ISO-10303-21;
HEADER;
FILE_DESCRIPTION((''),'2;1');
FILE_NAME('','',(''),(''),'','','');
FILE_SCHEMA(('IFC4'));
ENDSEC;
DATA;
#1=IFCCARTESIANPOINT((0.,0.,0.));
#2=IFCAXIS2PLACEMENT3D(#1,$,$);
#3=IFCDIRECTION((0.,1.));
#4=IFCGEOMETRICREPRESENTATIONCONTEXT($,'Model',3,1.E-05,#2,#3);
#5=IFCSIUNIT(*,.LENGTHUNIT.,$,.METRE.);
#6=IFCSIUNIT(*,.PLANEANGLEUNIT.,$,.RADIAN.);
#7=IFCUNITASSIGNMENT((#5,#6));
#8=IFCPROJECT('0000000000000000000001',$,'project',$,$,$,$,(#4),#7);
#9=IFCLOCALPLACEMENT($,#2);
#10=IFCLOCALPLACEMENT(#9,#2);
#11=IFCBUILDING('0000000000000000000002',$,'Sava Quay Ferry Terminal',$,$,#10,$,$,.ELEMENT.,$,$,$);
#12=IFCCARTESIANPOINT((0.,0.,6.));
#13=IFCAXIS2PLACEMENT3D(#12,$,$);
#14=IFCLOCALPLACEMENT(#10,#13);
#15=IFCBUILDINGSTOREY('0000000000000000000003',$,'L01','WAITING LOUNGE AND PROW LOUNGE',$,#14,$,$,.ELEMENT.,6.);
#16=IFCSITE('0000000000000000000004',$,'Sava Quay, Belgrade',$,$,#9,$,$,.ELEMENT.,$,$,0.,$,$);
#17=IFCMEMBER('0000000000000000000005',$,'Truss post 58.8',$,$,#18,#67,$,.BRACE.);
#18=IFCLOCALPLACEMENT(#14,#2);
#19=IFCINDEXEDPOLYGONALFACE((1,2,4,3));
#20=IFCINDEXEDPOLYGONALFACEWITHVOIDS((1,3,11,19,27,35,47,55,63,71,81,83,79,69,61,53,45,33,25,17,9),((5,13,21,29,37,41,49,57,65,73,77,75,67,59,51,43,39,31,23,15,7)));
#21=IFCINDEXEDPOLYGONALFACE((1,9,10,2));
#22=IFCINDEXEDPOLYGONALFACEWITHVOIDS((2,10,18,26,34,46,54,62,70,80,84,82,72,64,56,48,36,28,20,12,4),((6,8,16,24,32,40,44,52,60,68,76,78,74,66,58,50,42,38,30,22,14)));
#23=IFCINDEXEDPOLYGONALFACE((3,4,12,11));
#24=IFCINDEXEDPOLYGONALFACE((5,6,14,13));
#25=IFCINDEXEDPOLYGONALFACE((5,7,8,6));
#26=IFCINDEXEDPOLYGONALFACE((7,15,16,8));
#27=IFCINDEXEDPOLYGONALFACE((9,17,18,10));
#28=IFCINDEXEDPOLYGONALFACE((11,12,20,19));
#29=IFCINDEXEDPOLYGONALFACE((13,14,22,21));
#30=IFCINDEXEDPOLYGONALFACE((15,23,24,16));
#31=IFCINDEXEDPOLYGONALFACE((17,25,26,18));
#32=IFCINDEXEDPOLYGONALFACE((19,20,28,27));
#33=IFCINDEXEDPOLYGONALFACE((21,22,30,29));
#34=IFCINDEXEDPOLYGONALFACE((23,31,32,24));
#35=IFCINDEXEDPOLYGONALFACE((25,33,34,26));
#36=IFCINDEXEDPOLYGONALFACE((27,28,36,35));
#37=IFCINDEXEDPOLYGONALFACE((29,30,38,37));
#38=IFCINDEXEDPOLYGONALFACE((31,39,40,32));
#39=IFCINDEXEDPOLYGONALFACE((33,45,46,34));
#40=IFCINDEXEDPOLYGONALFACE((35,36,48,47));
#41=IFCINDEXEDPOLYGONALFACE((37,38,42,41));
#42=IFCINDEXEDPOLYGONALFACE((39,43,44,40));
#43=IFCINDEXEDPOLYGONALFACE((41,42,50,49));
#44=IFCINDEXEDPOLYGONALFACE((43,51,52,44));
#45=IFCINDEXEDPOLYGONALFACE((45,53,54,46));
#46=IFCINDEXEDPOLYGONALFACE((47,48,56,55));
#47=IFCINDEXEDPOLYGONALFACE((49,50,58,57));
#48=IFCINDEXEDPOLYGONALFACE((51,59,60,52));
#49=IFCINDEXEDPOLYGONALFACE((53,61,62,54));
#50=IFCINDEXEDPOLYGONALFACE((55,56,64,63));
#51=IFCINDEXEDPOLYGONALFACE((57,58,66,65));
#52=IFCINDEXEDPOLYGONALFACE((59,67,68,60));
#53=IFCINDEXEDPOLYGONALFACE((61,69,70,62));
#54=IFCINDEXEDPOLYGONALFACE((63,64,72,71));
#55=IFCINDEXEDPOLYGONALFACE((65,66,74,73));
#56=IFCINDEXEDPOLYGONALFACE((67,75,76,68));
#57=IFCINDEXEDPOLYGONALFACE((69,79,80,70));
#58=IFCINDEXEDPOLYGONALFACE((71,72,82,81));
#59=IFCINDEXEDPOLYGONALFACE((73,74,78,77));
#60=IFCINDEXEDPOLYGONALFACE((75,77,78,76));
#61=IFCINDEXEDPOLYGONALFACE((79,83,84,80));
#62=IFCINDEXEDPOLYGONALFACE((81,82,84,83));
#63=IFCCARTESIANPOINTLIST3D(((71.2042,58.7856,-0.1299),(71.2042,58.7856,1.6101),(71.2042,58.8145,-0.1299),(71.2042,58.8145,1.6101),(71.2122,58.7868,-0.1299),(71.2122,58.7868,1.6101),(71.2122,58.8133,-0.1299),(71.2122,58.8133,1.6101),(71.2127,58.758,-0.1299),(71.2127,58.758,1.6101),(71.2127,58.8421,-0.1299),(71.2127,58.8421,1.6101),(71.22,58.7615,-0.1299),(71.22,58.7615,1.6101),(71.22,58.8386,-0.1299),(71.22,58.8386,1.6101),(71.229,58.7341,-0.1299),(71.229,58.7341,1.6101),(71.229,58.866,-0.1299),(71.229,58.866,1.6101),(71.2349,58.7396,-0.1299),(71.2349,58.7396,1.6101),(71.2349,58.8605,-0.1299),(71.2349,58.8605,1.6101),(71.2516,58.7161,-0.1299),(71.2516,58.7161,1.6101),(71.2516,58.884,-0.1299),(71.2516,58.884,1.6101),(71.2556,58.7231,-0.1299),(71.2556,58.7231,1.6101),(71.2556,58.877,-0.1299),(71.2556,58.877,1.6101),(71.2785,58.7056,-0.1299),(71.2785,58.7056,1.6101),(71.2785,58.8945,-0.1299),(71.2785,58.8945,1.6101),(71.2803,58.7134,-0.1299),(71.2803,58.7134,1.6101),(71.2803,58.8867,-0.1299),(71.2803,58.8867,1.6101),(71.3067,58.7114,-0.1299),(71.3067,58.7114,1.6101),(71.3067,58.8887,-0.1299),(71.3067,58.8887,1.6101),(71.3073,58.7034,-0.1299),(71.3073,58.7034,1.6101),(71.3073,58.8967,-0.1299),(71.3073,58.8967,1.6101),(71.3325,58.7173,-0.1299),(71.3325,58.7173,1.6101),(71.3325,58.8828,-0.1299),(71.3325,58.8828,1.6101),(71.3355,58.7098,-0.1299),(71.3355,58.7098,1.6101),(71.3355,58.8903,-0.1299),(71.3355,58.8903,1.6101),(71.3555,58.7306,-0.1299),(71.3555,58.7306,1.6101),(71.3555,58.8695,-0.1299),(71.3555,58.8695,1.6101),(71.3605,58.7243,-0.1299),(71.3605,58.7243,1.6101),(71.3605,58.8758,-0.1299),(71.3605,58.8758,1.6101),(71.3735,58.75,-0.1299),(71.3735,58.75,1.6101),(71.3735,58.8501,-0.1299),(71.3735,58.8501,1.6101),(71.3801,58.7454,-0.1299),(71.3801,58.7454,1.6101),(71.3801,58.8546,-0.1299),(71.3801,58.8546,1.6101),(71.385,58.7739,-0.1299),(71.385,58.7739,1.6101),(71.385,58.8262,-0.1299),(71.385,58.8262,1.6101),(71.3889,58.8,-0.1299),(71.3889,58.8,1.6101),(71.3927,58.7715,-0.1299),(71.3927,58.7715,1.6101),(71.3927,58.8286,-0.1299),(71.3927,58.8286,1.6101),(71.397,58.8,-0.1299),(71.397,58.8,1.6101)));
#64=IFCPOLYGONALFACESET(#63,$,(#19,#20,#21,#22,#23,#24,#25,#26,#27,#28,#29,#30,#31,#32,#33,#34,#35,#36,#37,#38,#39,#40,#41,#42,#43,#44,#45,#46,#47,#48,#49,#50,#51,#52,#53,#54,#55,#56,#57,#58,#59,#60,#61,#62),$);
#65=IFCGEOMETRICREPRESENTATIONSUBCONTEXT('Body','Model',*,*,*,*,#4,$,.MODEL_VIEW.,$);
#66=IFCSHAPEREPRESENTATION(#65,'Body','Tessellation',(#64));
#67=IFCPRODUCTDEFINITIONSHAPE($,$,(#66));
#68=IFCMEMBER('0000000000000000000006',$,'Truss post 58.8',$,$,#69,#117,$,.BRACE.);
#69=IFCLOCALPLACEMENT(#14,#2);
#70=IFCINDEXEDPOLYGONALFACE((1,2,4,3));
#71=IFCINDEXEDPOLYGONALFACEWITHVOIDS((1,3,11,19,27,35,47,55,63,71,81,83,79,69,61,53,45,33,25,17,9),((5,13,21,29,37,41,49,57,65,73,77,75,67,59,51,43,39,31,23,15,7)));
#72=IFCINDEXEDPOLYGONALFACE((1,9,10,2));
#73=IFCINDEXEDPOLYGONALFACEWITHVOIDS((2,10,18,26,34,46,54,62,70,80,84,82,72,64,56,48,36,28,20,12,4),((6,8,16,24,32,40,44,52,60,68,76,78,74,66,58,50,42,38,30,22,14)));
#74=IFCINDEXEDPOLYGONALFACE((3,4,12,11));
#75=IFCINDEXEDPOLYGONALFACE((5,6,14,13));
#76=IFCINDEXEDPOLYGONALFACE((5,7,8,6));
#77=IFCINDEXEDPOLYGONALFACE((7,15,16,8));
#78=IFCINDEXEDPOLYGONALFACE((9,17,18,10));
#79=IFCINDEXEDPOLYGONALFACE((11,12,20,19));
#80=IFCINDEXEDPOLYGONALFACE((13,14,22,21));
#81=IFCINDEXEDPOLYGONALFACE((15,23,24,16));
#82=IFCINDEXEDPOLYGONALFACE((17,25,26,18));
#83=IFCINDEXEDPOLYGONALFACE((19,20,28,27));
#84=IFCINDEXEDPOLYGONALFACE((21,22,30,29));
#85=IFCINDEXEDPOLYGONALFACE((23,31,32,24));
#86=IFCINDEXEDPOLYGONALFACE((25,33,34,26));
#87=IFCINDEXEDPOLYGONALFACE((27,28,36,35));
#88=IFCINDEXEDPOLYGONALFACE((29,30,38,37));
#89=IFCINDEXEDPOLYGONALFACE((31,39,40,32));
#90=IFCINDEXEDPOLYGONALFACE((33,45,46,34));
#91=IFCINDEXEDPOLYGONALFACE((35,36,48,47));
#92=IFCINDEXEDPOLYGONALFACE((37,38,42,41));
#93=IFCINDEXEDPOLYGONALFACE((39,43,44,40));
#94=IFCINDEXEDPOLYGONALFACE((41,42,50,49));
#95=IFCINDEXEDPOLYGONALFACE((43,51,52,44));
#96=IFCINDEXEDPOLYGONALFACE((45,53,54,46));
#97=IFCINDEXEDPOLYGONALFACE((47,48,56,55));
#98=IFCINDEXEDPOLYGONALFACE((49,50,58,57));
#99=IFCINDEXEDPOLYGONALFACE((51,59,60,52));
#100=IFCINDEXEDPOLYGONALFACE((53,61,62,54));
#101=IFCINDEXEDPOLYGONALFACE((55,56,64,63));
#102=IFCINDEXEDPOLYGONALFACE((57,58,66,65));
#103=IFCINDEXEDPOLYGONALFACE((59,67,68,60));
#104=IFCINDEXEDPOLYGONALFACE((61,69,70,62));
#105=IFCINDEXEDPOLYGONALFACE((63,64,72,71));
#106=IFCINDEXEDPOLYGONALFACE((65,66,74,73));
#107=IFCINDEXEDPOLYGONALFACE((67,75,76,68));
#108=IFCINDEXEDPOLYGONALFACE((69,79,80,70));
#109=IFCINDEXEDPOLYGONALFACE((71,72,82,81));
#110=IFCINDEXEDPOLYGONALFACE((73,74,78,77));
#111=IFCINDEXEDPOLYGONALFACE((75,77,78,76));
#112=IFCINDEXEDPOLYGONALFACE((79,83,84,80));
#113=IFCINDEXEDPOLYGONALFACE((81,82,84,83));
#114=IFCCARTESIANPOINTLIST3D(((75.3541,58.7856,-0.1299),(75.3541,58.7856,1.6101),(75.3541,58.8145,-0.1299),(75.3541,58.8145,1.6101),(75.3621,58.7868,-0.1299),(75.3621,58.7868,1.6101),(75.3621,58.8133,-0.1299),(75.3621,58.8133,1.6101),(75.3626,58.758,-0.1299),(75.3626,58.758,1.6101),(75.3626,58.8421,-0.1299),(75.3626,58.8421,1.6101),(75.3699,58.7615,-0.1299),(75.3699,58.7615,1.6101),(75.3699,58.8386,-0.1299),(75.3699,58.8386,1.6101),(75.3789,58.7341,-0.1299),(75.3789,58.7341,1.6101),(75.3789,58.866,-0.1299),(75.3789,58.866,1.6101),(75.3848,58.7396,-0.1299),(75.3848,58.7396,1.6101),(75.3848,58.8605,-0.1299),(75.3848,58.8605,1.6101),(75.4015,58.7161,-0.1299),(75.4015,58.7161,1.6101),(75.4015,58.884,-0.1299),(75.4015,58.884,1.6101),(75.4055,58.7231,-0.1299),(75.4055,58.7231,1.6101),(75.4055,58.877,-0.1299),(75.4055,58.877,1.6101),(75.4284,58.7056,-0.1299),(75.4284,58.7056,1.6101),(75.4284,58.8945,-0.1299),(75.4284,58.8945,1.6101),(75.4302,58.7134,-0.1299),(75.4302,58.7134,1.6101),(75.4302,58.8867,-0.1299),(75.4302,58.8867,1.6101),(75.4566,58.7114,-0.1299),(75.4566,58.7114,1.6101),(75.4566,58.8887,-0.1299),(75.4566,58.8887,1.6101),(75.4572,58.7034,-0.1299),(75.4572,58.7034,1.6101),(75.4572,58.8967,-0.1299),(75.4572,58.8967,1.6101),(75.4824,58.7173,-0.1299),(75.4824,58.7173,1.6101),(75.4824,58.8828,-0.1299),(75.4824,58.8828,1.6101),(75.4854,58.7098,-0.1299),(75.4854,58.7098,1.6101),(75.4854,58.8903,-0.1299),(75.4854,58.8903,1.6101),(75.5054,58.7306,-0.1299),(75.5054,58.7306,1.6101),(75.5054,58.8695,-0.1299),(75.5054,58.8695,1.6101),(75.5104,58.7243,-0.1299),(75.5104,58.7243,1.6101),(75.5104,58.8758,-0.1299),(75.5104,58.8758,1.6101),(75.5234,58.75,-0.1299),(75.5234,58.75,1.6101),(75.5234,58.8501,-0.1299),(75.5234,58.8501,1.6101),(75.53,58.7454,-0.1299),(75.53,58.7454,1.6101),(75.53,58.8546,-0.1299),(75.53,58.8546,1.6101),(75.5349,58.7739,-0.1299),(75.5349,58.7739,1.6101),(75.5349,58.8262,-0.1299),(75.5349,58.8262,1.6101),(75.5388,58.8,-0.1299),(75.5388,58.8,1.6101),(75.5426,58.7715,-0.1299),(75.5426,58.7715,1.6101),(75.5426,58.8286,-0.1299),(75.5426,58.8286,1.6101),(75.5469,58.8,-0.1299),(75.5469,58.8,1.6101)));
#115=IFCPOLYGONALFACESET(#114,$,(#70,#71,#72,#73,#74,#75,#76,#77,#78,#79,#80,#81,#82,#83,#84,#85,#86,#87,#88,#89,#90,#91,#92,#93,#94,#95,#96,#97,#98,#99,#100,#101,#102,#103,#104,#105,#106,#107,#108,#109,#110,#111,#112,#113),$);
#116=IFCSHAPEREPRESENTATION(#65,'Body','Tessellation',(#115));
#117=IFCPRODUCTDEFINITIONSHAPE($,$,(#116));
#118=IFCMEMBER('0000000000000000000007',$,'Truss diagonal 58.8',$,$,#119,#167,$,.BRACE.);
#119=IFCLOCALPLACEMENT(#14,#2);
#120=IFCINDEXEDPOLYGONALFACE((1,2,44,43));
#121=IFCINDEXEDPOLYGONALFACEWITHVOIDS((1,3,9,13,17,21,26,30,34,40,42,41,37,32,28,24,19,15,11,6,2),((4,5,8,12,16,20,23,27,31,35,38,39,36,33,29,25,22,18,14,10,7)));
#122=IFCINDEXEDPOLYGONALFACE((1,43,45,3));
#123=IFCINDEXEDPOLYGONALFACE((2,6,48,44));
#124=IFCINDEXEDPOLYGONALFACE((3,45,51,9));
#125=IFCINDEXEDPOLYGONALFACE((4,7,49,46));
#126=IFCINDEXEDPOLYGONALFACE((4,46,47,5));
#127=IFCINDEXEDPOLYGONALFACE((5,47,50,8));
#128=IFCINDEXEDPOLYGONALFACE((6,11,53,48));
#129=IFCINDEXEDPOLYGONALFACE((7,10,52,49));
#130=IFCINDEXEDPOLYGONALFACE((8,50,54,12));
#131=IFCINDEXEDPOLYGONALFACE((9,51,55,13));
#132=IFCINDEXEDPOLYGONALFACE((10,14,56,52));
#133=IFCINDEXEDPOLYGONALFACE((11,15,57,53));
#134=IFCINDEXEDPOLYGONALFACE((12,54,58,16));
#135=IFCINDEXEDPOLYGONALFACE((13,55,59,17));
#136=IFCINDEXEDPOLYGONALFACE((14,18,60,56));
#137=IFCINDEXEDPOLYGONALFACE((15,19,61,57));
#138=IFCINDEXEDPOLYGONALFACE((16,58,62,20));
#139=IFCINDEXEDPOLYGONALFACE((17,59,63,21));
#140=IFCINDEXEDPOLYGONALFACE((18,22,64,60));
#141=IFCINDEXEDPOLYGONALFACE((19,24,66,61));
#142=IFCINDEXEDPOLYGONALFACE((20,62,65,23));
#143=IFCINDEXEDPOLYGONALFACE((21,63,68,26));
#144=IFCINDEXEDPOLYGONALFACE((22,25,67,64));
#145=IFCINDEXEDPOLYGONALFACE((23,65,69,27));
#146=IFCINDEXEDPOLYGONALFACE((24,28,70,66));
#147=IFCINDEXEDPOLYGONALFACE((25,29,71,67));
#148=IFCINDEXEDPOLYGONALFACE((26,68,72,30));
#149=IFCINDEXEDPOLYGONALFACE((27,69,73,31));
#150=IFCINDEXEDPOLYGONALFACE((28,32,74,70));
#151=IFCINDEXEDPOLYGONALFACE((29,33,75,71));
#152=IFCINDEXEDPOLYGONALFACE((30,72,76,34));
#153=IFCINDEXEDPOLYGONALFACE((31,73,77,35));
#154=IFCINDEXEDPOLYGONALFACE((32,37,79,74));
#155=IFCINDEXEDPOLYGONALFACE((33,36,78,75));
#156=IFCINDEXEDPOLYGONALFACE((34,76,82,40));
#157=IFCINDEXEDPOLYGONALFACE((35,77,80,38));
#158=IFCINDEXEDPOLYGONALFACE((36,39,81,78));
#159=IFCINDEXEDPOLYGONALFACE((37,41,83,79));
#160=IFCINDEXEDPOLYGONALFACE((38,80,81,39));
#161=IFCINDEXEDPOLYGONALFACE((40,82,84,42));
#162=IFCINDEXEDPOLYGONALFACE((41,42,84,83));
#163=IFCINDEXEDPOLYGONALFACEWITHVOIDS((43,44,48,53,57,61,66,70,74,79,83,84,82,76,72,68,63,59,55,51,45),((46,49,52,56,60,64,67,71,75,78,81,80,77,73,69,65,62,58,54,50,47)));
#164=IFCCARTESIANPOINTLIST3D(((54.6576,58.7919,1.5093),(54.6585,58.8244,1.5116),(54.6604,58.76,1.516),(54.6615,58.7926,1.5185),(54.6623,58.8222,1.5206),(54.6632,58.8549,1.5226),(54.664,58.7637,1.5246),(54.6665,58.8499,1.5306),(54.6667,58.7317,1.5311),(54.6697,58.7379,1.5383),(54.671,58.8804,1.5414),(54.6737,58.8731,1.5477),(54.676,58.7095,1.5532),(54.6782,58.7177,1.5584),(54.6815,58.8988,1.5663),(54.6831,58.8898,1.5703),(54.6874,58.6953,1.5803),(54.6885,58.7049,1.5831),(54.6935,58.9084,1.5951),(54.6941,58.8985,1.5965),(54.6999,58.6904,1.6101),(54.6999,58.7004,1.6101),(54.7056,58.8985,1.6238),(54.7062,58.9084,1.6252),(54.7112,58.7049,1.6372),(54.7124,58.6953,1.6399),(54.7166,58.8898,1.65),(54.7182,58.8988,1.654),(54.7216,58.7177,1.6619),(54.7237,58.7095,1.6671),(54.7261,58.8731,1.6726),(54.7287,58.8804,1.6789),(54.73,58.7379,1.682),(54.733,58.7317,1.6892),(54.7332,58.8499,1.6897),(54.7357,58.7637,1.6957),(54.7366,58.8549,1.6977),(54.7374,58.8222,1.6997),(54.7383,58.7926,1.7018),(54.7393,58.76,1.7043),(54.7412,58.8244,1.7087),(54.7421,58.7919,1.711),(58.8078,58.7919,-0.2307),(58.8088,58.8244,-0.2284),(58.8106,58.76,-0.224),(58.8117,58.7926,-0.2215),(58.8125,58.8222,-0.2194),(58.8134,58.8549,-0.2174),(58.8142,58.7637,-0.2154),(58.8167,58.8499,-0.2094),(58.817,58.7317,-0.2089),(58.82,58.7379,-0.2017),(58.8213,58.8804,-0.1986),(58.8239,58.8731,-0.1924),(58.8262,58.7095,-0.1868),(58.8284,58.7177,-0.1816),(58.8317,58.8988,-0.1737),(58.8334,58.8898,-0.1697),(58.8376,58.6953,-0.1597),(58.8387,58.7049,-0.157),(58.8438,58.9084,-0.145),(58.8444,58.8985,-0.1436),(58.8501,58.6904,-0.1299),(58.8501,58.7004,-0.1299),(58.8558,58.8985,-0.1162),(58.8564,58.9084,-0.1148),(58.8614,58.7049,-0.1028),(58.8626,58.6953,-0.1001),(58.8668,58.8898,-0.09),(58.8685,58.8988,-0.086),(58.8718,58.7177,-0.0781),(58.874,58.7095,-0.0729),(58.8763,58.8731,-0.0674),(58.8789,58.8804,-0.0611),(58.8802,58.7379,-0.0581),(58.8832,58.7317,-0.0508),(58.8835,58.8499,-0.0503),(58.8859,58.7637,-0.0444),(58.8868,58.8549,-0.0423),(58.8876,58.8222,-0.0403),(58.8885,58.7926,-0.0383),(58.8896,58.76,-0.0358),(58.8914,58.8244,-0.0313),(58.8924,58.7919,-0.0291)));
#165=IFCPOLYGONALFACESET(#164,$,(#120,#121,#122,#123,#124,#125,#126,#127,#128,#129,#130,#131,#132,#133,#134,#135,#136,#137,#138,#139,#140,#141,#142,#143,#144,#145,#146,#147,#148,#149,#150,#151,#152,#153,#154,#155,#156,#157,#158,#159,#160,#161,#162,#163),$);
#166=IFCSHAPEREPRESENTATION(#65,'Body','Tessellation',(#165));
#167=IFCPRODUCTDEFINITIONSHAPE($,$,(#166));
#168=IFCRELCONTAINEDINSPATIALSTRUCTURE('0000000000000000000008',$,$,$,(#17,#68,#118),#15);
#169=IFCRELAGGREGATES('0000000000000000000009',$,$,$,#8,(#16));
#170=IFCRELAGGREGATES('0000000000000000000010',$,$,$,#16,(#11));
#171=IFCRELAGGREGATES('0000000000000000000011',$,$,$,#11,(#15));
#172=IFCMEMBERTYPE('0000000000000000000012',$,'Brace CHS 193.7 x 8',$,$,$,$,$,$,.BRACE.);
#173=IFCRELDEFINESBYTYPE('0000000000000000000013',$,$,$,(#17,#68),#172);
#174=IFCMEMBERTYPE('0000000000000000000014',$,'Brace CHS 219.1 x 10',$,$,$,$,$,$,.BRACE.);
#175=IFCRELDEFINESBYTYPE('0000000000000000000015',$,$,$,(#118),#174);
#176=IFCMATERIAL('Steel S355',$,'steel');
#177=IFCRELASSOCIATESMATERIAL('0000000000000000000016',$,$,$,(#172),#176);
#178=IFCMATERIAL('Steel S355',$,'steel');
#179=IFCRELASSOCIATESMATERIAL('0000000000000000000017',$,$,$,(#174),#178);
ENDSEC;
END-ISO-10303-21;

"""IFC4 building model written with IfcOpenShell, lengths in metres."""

from ifc_helpers import new_model, si_unit, direction, frame, origin, origin_2d, place, context, subcontext, project, spatial, hollow_circle, extrude, material, material_profile, profile_set, type_object, element, save


model = new_model("IFC4")

# Units and contexts
model_context = context("Model", 3, precision=1e-05, world=origin(), true_north=direction((0.0, 1.0)))
body_context = subcontext(model_context, "Body", "Model", "MODEL_VIEW")
ifc_project = project(units=[si_unit("LENGTHUNIT", "METRE"), si_unit("PLANEANGLEUNIT", "RADIAN")], contexts=[model_context])

# Site, building, storey
site_placement = place(None, origin())
site = spatial("IfcSite", under=ifc_project, at=site_placement, Name="Sava Quay, Belgrade", CompositionType="ELEMENT", RefElevation=0.0)
building_placement = place(site_placement, origin())
building = spatial("IfcBuilding", under=site, at=building_placement, Name="Sava Quay Ferry Terminal", CompositionType="ELEMENT")
storey_placement = place(building_placement, frame((0.0, 0.0, 6.0)))
storey = spatial("IfcBuildingStorey", under=building, at=storey_placement, Name="L01", Description="WAITING LOUNGE AND PROW LOUNGE", CompositionType="ELEMENT", Elevation=6.0)

# Members
ifc_material_1 = material(Name="Steel S355", Category="steel")
ifc_material_profile_1 = material_profile(ifc_material_1, hollow_circle(Radius=0.0969, WallThickness=0.0081, at=origin_2d()), Name="CHS 193.7 x 8")
ifc_profile_set_1 = profile_set([ifc_material_profile_1], Name="Steel S355")
member_type_1 = type_object("IfcMemberType", Name="Brace CHS 193.7 x 8", PredefinedType="BRACE", material=ifc_profile_set_1)
for number, where, z_axis, x_axis, name in (
    (1, (71.3, 58.8, -0.1299), (0.0, 0.0, 1.0), (1.0, 0.0, 0.0), "Truss post 58.8"),
    (2, (75.45, 58.8, -0.1299), (0.0, 0.0, 1.0), (1.0, 0.0, 0.0), "Truss post 58.8"),
):
    element("IfcMember", number, at=place(storey_placement, frame(where, z_axis=z_axis, x_axis=x_axis)), inside=storey, type_object=member_type_1, Name=name, PredefinedType="BRACE", context=body_context, shape_type="SweptSolid", body=[
        extrude(hollow_circle(Radius=0.0969, WallThickness=0.0081, at=origin_2d()), origin(), (0.0, 0.0, 1.0), 1.74),
    ])
ifc_material_2 = material(Name="Steel S355", Category="steel")
ifc_material_profile_2 = material_profile(ifc_material_2, hollow_circle(Radius=0.1096, WallThickness=0.01, at=origin_2d()), Name="CHS 219.1 x 10")
ifc_profile_set_2 = profile_set([ifc_material_profile_2], Name="Steel S355")
member_type_2 = type_object("IfcMemberType", Name="Brace CHS 219.1 x 10", PredefinedType="BRACE", material=ifc_profile_set_2)
member_1_placement = place(storey_placement, frame((58.8501, 58.8, -0.1299), z_axis=(-0.922226, 0.0, 0.386652), x_axis=(0.0, -1.0, 0.0)))
element("IfcMember", 3, at=member_1_placement, inside=storey, type_object=member_type_2, Name="Truss diagonal 58.8", PredefinedType="BRACE", context=body_context, shape_type="SweptSolid", body=[
    extrude(hollow_circle(Radius=0.1096, WallThickness=0.01, at=origin_2d()), origin(), (0.0, 0.0, 1.0), 4.5002),
])

save(model, "model.ifc")
